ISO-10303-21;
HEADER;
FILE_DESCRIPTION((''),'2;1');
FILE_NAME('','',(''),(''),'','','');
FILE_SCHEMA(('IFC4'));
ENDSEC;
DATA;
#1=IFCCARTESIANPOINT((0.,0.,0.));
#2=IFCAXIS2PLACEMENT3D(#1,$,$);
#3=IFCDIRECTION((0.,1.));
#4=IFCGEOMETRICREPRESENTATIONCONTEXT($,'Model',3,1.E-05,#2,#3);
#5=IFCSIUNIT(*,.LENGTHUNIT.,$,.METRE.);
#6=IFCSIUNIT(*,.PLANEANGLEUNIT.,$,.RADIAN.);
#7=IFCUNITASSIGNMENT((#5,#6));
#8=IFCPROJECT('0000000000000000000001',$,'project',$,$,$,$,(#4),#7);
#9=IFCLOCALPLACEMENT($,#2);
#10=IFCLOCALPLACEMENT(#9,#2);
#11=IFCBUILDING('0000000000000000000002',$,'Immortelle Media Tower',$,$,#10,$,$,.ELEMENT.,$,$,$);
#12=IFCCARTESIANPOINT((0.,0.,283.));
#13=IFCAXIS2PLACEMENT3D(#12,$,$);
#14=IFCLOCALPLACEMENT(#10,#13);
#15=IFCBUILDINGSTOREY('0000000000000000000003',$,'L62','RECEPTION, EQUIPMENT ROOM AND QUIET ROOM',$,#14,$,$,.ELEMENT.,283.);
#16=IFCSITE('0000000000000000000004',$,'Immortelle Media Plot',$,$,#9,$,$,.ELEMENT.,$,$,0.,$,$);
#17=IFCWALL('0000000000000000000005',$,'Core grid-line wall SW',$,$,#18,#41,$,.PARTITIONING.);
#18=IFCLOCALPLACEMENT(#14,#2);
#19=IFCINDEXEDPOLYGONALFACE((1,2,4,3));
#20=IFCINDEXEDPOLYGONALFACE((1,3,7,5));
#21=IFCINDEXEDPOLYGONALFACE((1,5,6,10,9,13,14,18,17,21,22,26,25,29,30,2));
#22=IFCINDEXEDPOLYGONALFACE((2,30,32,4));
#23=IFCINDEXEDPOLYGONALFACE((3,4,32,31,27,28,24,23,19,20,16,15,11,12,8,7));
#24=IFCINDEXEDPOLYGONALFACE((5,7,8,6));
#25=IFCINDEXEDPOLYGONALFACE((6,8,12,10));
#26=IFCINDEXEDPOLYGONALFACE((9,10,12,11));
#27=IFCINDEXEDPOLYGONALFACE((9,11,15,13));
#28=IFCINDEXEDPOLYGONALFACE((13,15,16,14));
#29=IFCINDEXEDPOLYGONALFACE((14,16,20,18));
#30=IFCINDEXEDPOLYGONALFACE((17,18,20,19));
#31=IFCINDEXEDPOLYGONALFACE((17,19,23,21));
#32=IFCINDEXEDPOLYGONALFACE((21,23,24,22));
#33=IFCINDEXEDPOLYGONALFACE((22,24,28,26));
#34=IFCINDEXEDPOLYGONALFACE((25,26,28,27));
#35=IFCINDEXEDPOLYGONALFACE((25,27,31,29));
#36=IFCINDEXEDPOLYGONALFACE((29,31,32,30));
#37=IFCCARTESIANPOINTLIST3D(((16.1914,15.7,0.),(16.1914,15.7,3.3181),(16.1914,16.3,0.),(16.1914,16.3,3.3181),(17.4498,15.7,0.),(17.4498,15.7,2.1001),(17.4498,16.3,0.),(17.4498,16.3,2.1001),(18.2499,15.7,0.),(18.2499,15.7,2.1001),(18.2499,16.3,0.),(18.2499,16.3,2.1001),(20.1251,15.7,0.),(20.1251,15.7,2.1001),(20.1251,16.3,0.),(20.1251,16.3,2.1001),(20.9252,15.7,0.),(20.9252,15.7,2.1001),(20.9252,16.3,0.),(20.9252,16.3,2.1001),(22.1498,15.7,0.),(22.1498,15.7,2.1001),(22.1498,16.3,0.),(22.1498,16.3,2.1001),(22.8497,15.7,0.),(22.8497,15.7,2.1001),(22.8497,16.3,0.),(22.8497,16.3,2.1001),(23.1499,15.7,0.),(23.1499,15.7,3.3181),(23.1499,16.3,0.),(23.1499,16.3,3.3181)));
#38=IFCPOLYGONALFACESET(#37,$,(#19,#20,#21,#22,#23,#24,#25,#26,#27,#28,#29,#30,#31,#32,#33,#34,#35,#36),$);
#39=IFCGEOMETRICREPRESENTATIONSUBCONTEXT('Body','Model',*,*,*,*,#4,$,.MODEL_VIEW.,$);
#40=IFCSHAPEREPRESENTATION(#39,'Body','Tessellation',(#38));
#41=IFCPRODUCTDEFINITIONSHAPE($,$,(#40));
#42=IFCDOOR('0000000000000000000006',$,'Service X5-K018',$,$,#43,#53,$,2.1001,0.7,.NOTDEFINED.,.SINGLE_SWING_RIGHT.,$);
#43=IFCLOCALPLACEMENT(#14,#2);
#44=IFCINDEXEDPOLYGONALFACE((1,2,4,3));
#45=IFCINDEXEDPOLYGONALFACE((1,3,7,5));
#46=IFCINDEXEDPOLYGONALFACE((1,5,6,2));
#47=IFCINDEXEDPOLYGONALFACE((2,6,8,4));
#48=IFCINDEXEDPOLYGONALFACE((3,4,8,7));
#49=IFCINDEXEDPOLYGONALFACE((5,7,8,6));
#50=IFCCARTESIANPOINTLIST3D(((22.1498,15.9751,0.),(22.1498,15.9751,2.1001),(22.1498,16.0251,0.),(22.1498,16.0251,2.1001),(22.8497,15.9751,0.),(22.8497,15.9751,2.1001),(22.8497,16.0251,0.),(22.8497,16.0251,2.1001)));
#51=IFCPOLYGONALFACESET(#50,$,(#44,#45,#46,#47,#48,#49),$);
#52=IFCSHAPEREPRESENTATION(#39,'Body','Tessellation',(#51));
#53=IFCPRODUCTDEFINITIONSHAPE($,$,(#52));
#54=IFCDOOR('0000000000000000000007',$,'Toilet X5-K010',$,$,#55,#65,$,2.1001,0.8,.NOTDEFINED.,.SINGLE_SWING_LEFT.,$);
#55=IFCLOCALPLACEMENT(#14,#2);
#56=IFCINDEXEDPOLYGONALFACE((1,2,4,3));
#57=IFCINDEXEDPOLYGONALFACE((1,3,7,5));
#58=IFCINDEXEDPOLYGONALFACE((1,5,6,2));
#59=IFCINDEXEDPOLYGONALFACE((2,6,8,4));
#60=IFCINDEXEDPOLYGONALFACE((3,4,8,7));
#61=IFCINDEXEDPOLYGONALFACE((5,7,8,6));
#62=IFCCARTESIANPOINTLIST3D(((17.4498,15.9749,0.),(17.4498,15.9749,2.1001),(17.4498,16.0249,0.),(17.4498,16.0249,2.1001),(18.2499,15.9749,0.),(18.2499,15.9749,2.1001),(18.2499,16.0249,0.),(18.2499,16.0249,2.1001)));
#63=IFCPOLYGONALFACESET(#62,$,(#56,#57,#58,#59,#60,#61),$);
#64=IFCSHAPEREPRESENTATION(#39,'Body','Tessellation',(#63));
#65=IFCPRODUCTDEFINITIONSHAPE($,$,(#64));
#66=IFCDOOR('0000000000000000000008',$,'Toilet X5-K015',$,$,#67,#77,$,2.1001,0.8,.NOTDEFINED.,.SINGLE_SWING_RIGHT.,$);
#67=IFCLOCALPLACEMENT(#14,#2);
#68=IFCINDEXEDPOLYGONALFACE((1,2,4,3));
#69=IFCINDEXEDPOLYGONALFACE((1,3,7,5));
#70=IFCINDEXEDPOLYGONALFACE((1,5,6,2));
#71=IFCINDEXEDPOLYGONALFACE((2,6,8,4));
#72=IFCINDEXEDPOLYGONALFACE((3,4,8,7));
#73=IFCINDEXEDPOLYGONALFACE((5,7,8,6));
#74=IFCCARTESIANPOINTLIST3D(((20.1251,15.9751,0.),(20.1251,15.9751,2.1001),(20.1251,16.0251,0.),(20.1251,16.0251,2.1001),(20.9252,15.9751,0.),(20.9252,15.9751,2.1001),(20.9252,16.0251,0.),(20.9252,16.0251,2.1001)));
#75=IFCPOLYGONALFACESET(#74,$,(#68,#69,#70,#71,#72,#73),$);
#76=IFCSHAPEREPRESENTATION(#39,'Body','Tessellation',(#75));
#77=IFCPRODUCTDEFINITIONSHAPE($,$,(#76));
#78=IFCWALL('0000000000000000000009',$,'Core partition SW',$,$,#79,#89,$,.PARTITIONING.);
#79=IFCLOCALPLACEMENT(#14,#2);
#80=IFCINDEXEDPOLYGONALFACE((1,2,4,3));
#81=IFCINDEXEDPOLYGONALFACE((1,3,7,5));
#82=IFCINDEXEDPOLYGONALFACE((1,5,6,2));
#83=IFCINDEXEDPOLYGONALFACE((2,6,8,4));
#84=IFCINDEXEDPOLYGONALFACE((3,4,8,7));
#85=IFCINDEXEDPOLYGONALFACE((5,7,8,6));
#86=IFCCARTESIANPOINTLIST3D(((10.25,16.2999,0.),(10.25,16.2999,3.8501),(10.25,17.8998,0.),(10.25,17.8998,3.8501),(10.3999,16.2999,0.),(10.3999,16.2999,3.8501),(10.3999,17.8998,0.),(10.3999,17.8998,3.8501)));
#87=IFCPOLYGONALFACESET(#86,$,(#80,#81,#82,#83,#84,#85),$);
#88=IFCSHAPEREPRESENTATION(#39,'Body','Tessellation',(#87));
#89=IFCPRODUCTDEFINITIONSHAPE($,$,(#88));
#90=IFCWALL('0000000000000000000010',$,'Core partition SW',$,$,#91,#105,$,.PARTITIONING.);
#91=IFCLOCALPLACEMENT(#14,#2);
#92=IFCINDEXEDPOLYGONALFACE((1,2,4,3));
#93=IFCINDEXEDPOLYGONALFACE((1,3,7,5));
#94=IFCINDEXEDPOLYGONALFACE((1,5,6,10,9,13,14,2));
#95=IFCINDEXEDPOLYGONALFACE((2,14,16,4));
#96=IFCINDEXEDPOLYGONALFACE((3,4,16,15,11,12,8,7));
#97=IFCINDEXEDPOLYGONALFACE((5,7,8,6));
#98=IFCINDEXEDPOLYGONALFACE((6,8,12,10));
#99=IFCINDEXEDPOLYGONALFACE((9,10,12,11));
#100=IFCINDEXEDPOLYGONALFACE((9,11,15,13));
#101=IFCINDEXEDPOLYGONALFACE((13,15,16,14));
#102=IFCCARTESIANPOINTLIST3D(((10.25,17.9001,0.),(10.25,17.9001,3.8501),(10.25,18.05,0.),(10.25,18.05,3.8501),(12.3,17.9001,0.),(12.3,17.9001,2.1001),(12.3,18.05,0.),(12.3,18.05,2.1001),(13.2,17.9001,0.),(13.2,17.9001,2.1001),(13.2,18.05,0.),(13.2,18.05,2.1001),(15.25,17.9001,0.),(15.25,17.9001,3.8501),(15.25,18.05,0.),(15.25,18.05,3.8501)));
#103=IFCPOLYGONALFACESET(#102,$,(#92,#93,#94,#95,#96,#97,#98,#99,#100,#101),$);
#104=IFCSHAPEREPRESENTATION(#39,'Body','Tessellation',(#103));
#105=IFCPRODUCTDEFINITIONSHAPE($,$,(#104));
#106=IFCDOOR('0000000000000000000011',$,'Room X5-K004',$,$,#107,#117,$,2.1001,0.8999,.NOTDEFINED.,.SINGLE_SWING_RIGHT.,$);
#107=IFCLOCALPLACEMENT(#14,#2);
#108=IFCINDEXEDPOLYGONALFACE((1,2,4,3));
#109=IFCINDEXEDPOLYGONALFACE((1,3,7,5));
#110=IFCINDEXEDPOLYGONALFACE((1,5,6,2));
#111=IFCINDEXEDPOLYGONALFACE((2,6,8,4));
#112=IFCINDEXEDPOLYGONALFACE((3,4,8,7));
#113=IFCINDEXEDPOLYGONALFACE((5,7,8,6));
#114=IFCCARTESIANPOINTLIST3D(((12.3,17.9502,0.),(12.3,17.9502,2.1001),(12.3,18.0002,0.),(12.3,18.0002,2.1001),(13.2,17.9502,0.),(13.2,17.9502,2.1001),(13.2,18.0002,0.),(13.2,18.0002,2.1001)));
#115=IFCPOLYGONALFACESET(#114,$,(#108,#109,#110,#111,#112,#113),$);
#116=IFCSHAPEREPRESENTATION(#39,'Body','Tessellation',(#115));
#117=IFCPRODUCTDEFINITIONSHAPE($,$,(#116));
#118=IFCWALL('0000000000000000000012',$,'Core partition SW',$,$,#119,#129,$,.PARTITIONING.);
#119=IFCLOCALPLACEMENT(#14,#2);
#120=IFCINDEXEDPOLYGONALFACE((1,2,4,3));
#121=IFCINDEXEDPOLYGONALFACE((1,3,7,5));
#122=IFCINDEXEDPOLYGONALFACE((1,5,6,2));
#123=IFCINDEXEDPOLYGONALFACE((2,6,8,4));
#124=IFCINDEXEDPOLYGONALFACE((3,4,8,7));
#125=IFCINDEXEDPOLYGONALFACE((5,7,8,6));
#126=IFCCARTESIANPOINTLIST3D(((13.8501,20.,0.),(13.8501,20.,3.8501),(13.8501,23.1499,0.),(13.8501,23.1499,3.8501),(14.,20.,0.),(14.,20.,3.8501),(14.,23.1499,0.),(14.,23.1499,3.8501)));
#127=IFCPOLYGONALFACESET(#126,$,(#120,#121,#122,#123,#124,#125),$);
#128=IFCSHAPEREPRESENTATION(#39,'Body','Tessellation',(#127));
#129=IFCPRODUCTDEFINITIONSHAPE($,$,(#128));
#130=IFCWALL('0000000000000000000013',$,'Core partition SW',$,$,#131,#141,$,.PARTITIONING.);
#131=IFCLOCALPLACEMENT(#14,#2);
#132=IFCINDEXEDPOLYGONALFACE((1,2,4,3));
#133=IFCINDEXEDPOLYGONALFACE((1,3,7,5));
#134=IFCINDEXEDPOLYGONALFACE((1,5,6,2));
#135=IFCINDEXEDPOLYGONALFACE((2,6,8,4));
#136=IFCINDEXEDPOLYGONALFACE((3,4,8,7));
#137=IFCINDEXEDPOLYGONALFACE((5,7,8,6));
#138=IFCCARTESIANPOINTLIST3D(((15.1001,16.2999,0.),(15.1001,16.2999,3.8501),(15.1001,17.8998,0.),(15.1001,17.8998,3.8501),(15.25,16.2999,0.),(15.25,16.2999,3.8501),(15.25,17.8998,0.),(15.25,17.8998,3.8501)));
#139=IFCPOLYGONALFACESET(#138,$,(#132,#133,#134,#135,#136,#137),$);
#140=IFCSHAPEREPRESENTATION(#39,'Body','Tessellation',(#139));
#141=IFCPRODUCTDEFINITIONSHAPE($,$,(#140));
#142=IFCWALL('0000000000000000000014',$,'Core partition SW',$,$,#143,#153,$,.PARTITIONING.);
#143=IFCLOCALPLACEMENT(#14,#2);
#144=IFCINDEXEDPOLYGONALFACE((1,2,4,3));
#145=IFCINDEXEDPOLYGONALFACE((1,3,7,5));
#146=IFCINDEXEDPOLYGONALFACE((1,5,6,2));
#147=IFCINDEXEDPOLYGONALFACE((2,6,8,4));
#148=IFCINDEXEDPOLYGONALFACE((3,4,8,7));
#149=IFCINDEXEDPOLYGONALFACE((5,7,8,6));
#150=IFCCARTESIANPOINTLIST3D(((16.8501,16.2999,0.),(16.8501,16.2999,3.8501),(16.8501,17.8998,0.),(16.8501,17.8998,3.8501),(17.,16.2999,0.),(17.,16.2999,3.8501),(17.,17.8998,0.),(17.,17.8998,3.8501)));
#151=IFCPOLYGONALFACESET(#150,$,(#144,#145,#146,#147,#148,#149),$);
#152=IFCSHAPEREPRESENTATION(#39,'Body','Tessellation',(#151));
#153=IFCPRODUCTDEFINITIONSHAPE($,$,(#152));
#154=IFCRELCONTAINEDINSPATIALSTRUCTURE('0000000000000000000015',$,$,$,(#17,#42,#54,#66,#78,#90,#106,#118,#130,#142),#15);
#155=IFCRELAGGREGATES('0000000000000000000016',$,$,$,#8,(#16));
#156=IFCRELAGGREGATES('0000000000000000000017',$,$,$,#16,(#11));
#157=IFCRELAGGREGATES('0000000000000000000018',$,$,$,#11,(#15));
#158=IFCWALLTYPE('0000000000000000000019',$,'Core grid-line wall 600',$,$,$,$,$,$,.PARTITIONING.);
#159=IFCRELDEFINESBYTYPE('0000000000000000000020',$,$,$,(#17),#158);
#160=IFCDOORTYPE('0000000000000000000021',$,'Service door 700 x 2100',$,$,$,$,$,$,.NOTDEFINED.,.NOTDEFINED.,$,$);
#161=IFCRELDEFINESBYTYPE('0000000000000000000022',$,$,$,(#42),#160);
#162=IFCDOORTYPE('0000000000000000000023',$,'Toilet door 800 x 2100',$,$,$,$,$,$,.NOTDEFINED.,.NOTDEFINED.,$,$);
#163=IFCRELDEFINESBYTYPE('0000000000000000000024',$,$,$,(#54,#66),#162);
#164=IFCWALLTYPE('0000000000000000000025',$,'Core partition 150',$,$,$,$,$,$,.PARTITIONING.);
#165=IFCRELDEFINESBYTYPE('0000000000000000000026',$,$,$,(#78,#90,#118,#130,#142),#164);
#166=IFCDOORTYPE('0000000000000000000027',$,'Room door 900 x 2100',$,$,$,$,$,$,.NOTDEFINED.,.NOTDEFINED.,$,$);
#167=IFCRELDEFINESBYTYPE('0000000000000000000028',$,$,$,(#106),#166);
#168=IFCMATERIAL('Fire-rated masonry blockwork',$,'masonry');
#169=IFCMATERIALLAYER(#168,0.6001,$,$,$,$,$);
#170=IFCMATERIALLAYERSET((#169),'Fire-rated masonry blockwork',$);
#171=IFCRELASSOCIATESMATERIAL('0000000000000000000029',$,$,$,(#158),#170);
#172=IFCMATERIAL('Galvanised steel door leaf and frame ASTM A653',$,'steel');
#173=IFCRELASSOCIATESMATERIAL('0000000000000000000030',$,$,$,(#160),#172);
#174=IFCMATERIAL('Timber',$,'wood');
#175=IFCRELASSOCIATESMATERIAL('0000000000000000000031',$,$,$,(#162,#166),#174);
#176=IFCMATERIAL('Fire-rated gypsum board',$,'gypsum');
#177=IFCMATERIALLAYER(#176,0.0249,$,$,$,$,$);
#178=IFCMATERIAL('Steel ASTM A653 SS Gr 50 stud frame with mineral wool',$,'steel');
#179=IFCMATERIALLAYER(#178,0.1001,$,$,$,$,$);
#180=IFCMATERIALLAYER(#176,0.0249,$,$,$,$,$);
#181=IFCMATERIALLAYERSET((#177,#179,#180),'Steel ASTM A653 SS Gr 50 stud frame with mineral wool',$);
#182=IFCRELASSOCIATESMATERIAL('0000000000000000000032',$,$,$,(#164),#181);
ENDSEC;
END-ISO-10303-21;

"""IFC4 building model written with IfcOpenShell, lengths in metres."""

from ifc_helpers import new_model, si_unit, direction, frame, frame_2d, origin, place, context, subcontext, project, spatial, rectangle, extrude, material, layer, layer_set, type_object, element, fill, save


model = new_model("IFC4")

# Units and contexts
model_context = context("Model", 3, precision=1e-05, world=origin(), true_north=direction((0.0, 1.0)))
body_context = subcontext(model_context, "Body", "Model", "MODEL_VIEW")
ifc_project = project(units=[si_unit("LENGTHUNIT", "METRE"), si_unit("PLANEANGLEUNIT", "RADIAN")], contexts=[model_context])

# Site, building, storey
site_placement = place(None, origin())
site = spatial("IfcSite", under=ifc_project, at=site_placement, Name="Immortelle Media Plot", CompositionType="ELEMENT", RefElevation=0.0)
building_placement = place(site_placement, origin())
building = spatial("IfcBuilding", under=site, at=building_placement, Name="Immortelle Media Tower", CompositionType="ELEMENT")
storey_placement = place(building_placement, frame((0.0, 0.0, 283.0)))
storey = spatial("IfcBuildingStorey", under=building, at=storey_placement, Name="L62", Description="RECEPTION, EQUIPMENT ROOM AND QUIET ROOM", CompositionType="ELEMENT", Elevation=283.0)

# Wall, openings, doors
ifc_material_1 = material(Name="Fire-rated masonry blockwork", Category="masonry")
ifc_layer_1 = layer(ifc_material_1, 0.6001)
ifc_layer_set_1 = layer_set([ifc_layer_1], Name="Fire-rated masonry blockwork")
wall_type_1 = type_object("IfcWallType", Name="Core grid-line wall 600", PredefinedType="PARTITIONING", material=ifc_layer_set_1)
wall_1_placement = place(storey_placement, frame((16.1914, 16.0, 0.0), z_axis=(0.0, 0.0, 1.0), x_axis=(1.0, 0.0, 0.0)))
wall_1 = element("IfcWall", 1, at=wall_1_placement, inside=storey, type_object=wall_type_1, Name="Core grid-line wall SW", PredefinedType="PARTITIONING", context=body_context, shape_type="SweptSolid", body=[
    extrude(rectangle(XDim=6.9585, YDim=0.6001, at=frame_2d((3.4792, 0.0))), origin(), (0.0, 0.0, 1.0), 3.3181),
])
opening_1_placement = place(wall_1_placement, frame((1.2585, 0.0, 0.0)))
opening_1 = element("IfcOpeningElement", 2, at=opening_1_placement, cuts=wall_1, PredefinedType="OPENING", context=body_context, shape_type="SweptSolid", body=[
    extrude(rectangle(XDim=0.8, YDim=2.1001, at=frame_2d((0.3999, 1.05))), frame((0.0, 0.3101, 0.0), z_axis=(0.0, -1.0, 0.0), x_axis=(1.0, 0.0, 0.0)), (0.0, 0.0, 1.0), 0.6201),
])
opening_2_placement = place(wall_1_placement, frame((4.7336, 0.0, 0.0), z_axis=(0.0, 0.0, 1.0), x_axis=(-1.0, 0.0, 0.0)))
opening_2 = element("IfcOpeningElement", 3, at=opening_2_placement, cuts=wall_1, PredefinedType="OPENING", context=body_context, shape_type="SweptSolid", body=[
    extrude(rectangle(XDim=0.8, YDim=2.1001, at=frame_2d((0.3999, 1.05))), frame((0.0, 0.3101, 0.0), z_axis=(0.0, -1.0, 0.0), x_axis=(1.0, 0.0, 0.0)), (0.0, 0.0, 1.0), 0.6201),
])
opening_3_placement = place(wall_1_placement, frame((6.6584, 0.0, 0.0), z_axis=(0.0, 0.0, 1.0), x_axis=(-1.0, 0.0, 0.0)))
opening_3 = element("IfcOpeningElement", 4, at=opening_3_placement, cuts=wall_1, PredefinedType="OPENING", context=body_context, shape_type="SweptSolid", body=[
    extrude(rectangle(XDim=0.7, YDim=2.1001, at=frame_2d((0.3501, 1.05))), frame((0.0, 0.3101, 0.0), z_axis=(0.0, -1.0, 0.0), x_axis=(1.0, 0.0, 0.0)), (0.0, 0.0, 1.0), 0.6201),
])
ifc_material_2 = material(Name="Galvanised steel door leaf and frame ASTM A653", Category="steel")
door_type_1 = type_object("IfcDoorType", Name="Service door 700 x 2100", OperationType="NOTDEFINED", PredefinedType="NOTDEFINED", material=ifc_material_2)
door_1_placement = place(opening_3_placement, origin())
door_1 = element("IfcDoor", 5, at=door_1_placement, inside=storey, type_object=door_type_1, Name="Service X5-K018", OperationType="SINGLE_SWING_RIGHT", OverallHeight=2.1001, OverallWidth=0.7, PredefinedType="NOTDEFINED", context=body_context, shape_type="SweptSolid", body=[
    extrude(rectangle(XDim=0.7, YDim=2.1001, at=frame_2d((0.3501, 1.05))), frame((0.0, 0.0249, 0.0), z_axis=(0.0, -1.0, 0.0), x_axis=(1.0, 0.0, 0.0)), (0.0, 0.0, 1.0), 0.05),
])
fill(opening_3, door_1)
ifc_material_3 = material(Name="Timber", Category="wood")
door_type_2 = type_object("IfcDoorType", Name="Toilet door 800 x 2100", OperationType="NOTDEFINED", PredefinedType="NOTDEFINED", material=ifc_material_3)
door_2_placement = place(opening_1_placement, origin())
door_2 = element("IfcDoor", 6, at=door_2_placement, inside=storey, type_object=door_type_2, Name="Toilet X5-K010", OperationType="SINGLE_SWING_LEFT", OverallHeight=2.1001, OverallWidth=0.8, PredefinedType="NOTDEFINED", context=body_context, shape_type="SweptSolid", body=[
    extrude(rectangle(XDim=0.8, YDim=2.1001, at=frame_2d((0.3999, 1.05))), frame((0.0, 0.0249, 0.0), z_axis=(0.0, -1.0, 0.0), x_axis=(1.0, 0.0, 0.0)), (0.0, 0.0, 1.0), 0.05),
])
fill(opening_1, door_2)
door_3_placement = place(opening_2_placement, origin())
door_3 = element("IfcDoor", 7, at=door_3_placement, inside=storey, type_object=door_type_2, Name="Toilet X5-K015", OperationType="SINGLE_SWING_RIGHT", OverallHeight=2.1001, OverallWidth=0.8, PredefinedType="NOTDEFINED", context=body_context, shape_type="SweptSolid", body=[
    extrude(rectangle(XDim=0.8, YDim=2.1001, at=frame_2d((0.3999, 1.05))), frame((0.0, 0.0249, 0.0), z_axis=(0.0, -1.0, 0.0), x_axis=(1.0, 0.0, 0.0)), (0.0, 0.0, 1.0), 0.05),
])
fill(opening_2, door_3)

# Wall
ifc_material_4 = material(Name="Fire-rated gypsum board", Category="gypsum")
ifc_layer_2 = layer(ifc_material_4, 0.0249)
ifc_material_5 = material(Name="Steel ASTM A653 SS Gr 50 stud frame with mineral wool", Category="steel")
ifc_layer_3 = layer(ifc_material_5, 0.1001)
ifc_layer_4 = layer(ifc_material_4, 0.0249)
ifc_layer_set_2 = layer_set([ifc_layer_2, ifc_layer_3, ifc_layer_4], Name="Steel ASTM A653 SS Gr 50 stud frame with mineral wool")
wall_type_2 = type_object("IfcWallType", Name="Core partition 150", PredefinedType="PARTITIONING", material=ifc_layer_set_2)
wall_2_placement = place(storey_placement, frame((10.325, 16.3, 0.0), z_axis=(0.0, 0.0, 1.0), x_axis=(0.0, 1.0, 0.0)))
element("IfcWall", 8, at=wall_2_placement, inside=storey, type_object=wall_type_2, Name="Core partition SW", PredefinedType="PARTITIONING", context=body_context, shape_type="SweptSolid", body=[
    extrude(rectangle(XDim=1.5999, YDim=0.1499, at=frame_2d((0.7998, 0.0))), origin(), (0.0, 0.0, 1.0), 3.8501),
])

# Wall, opening, door
wall_3_placement = place(storey_placement, frame((10.25, 17.9751, 0.0), z_axis=(0.0, 0.0, 1.0), x_axis=(1.0, 0.0, 0.0)))
wall_3 = element("IfcWall", 9, at=wall_3_placement, inside=storey, type_object=wall_type_2, Name="Core partition SW", PredefinedType="PARTITIONING", context=body_context, shape_type="SweptSolid", body=[
    extrude(rectangle(XDim=5.0, YDim=0.1499, at=frame_2d((2.5, 0.0))), origin(), (0.0, 0.0, 1.0), 3.8501),
])
opening_4_placement = place(wall_3_placement, frame((2.95, 0.0, 0.0), z_axis=(0.0, 0.0, 1.0), x_axis=(-1.0, 0.0, 0.0)))
opening_4 = element("IfcOpeningElement", 10, at=opening_4_placement, cuts=wall_3, PredefinedType="OPENING", context=body_context, shape_type="SweptSolid", body=[
    extrude(rectangle(XDim=0.8999, YDim=2.1001, at=frame_2d((0.45, 1.05))), frame((0.0, 0.085, 0.0), z_axis=(0.0, -1.0, 0.0), x_axis=(1.0, 0.0, 0.0)), (0.0, 0.0, 1.0), 0.1699),
])
door_type_3 = type_object("IfcDoorType", Name="Room door 900 x 2100", OperationType="NOTDEFINED", PredefinedType="NOTDEFINED", material=ifc_material_3)
door_4_placement = place(opening_4_placement, origin())
door_4 = element("IfcDoor", 11, at=door_4_placement, inside=storey, type_object=door_type_3, Name="Room X5-K004", OperationType="SINGLE_SWING_RIGHT", OverallHeight=2.1001, OverallWidth=0.8999, PredefinedType="NOTDEFINED", context=body_context, shape_type="SweptSolid", body=[
    extrude(rectangle(XDim=0.8999, YDim=2.1001, at=frame_2d((0.45, 1.05))), frame((0.0, 0.0249, 0.0), z_axis=(0.0, -1.0, 0.0), x_axis=(1.0, 0.0, 0.0)), (0.0, 0.0, 1.0), 0.05),
])
fill(opening_4, door_4)

# Walls
wall_4_placement = place(storey_placement, frame((13.925, 20.0, 0.0), z_axis=(0.0, 0.0, 1.0), x_axis=(0.0, 1.0, 0.0)))
element("IfcWall", 12, at=wall_4_placement, inside=storey, type_object=wall_type_2, Name="Core partition SW", PredefinedType="PARTITIONING", context=body_context, shape_type="SweptSolid", body=[
    extrude(rectangle(XDim=3.1499, YDim=0.1499, at=frame_2d((1.575, 0.0))), origin(), (0.0, 0.0, 1.0), 3.8501),
])
for number, where, z_axis, x_axis, name in (
    (13, (15.175, 16.3, 0.0), (0.0, 0.0, 1.0), (0.0, 1.0, 0.0), "Core partition SW"),
    (14, (16.925, 16.3, 0.0), (0.0, 0.0, 1.0), (0.0, 1.0, 0.0), "Core partition SW"),
):
    element("IfcWall", number, at=place(storey_placement, frame(where, z_axis=z_axis, x_axis=x_axis)), inside=storey, type_object=wall_type_2, Name=name, PredefinedType="PARTITIONING", context=body_context, shape_type="SweptSolid", body=[
        extrude(rectangle(XDim=1.5999, YDim=0.1499, at=frame_2d((0.7998, 0.0))), origin(), (0.0, 0.0, 1.0), 3.8501),
    ])

save(model, "model.ifc")
